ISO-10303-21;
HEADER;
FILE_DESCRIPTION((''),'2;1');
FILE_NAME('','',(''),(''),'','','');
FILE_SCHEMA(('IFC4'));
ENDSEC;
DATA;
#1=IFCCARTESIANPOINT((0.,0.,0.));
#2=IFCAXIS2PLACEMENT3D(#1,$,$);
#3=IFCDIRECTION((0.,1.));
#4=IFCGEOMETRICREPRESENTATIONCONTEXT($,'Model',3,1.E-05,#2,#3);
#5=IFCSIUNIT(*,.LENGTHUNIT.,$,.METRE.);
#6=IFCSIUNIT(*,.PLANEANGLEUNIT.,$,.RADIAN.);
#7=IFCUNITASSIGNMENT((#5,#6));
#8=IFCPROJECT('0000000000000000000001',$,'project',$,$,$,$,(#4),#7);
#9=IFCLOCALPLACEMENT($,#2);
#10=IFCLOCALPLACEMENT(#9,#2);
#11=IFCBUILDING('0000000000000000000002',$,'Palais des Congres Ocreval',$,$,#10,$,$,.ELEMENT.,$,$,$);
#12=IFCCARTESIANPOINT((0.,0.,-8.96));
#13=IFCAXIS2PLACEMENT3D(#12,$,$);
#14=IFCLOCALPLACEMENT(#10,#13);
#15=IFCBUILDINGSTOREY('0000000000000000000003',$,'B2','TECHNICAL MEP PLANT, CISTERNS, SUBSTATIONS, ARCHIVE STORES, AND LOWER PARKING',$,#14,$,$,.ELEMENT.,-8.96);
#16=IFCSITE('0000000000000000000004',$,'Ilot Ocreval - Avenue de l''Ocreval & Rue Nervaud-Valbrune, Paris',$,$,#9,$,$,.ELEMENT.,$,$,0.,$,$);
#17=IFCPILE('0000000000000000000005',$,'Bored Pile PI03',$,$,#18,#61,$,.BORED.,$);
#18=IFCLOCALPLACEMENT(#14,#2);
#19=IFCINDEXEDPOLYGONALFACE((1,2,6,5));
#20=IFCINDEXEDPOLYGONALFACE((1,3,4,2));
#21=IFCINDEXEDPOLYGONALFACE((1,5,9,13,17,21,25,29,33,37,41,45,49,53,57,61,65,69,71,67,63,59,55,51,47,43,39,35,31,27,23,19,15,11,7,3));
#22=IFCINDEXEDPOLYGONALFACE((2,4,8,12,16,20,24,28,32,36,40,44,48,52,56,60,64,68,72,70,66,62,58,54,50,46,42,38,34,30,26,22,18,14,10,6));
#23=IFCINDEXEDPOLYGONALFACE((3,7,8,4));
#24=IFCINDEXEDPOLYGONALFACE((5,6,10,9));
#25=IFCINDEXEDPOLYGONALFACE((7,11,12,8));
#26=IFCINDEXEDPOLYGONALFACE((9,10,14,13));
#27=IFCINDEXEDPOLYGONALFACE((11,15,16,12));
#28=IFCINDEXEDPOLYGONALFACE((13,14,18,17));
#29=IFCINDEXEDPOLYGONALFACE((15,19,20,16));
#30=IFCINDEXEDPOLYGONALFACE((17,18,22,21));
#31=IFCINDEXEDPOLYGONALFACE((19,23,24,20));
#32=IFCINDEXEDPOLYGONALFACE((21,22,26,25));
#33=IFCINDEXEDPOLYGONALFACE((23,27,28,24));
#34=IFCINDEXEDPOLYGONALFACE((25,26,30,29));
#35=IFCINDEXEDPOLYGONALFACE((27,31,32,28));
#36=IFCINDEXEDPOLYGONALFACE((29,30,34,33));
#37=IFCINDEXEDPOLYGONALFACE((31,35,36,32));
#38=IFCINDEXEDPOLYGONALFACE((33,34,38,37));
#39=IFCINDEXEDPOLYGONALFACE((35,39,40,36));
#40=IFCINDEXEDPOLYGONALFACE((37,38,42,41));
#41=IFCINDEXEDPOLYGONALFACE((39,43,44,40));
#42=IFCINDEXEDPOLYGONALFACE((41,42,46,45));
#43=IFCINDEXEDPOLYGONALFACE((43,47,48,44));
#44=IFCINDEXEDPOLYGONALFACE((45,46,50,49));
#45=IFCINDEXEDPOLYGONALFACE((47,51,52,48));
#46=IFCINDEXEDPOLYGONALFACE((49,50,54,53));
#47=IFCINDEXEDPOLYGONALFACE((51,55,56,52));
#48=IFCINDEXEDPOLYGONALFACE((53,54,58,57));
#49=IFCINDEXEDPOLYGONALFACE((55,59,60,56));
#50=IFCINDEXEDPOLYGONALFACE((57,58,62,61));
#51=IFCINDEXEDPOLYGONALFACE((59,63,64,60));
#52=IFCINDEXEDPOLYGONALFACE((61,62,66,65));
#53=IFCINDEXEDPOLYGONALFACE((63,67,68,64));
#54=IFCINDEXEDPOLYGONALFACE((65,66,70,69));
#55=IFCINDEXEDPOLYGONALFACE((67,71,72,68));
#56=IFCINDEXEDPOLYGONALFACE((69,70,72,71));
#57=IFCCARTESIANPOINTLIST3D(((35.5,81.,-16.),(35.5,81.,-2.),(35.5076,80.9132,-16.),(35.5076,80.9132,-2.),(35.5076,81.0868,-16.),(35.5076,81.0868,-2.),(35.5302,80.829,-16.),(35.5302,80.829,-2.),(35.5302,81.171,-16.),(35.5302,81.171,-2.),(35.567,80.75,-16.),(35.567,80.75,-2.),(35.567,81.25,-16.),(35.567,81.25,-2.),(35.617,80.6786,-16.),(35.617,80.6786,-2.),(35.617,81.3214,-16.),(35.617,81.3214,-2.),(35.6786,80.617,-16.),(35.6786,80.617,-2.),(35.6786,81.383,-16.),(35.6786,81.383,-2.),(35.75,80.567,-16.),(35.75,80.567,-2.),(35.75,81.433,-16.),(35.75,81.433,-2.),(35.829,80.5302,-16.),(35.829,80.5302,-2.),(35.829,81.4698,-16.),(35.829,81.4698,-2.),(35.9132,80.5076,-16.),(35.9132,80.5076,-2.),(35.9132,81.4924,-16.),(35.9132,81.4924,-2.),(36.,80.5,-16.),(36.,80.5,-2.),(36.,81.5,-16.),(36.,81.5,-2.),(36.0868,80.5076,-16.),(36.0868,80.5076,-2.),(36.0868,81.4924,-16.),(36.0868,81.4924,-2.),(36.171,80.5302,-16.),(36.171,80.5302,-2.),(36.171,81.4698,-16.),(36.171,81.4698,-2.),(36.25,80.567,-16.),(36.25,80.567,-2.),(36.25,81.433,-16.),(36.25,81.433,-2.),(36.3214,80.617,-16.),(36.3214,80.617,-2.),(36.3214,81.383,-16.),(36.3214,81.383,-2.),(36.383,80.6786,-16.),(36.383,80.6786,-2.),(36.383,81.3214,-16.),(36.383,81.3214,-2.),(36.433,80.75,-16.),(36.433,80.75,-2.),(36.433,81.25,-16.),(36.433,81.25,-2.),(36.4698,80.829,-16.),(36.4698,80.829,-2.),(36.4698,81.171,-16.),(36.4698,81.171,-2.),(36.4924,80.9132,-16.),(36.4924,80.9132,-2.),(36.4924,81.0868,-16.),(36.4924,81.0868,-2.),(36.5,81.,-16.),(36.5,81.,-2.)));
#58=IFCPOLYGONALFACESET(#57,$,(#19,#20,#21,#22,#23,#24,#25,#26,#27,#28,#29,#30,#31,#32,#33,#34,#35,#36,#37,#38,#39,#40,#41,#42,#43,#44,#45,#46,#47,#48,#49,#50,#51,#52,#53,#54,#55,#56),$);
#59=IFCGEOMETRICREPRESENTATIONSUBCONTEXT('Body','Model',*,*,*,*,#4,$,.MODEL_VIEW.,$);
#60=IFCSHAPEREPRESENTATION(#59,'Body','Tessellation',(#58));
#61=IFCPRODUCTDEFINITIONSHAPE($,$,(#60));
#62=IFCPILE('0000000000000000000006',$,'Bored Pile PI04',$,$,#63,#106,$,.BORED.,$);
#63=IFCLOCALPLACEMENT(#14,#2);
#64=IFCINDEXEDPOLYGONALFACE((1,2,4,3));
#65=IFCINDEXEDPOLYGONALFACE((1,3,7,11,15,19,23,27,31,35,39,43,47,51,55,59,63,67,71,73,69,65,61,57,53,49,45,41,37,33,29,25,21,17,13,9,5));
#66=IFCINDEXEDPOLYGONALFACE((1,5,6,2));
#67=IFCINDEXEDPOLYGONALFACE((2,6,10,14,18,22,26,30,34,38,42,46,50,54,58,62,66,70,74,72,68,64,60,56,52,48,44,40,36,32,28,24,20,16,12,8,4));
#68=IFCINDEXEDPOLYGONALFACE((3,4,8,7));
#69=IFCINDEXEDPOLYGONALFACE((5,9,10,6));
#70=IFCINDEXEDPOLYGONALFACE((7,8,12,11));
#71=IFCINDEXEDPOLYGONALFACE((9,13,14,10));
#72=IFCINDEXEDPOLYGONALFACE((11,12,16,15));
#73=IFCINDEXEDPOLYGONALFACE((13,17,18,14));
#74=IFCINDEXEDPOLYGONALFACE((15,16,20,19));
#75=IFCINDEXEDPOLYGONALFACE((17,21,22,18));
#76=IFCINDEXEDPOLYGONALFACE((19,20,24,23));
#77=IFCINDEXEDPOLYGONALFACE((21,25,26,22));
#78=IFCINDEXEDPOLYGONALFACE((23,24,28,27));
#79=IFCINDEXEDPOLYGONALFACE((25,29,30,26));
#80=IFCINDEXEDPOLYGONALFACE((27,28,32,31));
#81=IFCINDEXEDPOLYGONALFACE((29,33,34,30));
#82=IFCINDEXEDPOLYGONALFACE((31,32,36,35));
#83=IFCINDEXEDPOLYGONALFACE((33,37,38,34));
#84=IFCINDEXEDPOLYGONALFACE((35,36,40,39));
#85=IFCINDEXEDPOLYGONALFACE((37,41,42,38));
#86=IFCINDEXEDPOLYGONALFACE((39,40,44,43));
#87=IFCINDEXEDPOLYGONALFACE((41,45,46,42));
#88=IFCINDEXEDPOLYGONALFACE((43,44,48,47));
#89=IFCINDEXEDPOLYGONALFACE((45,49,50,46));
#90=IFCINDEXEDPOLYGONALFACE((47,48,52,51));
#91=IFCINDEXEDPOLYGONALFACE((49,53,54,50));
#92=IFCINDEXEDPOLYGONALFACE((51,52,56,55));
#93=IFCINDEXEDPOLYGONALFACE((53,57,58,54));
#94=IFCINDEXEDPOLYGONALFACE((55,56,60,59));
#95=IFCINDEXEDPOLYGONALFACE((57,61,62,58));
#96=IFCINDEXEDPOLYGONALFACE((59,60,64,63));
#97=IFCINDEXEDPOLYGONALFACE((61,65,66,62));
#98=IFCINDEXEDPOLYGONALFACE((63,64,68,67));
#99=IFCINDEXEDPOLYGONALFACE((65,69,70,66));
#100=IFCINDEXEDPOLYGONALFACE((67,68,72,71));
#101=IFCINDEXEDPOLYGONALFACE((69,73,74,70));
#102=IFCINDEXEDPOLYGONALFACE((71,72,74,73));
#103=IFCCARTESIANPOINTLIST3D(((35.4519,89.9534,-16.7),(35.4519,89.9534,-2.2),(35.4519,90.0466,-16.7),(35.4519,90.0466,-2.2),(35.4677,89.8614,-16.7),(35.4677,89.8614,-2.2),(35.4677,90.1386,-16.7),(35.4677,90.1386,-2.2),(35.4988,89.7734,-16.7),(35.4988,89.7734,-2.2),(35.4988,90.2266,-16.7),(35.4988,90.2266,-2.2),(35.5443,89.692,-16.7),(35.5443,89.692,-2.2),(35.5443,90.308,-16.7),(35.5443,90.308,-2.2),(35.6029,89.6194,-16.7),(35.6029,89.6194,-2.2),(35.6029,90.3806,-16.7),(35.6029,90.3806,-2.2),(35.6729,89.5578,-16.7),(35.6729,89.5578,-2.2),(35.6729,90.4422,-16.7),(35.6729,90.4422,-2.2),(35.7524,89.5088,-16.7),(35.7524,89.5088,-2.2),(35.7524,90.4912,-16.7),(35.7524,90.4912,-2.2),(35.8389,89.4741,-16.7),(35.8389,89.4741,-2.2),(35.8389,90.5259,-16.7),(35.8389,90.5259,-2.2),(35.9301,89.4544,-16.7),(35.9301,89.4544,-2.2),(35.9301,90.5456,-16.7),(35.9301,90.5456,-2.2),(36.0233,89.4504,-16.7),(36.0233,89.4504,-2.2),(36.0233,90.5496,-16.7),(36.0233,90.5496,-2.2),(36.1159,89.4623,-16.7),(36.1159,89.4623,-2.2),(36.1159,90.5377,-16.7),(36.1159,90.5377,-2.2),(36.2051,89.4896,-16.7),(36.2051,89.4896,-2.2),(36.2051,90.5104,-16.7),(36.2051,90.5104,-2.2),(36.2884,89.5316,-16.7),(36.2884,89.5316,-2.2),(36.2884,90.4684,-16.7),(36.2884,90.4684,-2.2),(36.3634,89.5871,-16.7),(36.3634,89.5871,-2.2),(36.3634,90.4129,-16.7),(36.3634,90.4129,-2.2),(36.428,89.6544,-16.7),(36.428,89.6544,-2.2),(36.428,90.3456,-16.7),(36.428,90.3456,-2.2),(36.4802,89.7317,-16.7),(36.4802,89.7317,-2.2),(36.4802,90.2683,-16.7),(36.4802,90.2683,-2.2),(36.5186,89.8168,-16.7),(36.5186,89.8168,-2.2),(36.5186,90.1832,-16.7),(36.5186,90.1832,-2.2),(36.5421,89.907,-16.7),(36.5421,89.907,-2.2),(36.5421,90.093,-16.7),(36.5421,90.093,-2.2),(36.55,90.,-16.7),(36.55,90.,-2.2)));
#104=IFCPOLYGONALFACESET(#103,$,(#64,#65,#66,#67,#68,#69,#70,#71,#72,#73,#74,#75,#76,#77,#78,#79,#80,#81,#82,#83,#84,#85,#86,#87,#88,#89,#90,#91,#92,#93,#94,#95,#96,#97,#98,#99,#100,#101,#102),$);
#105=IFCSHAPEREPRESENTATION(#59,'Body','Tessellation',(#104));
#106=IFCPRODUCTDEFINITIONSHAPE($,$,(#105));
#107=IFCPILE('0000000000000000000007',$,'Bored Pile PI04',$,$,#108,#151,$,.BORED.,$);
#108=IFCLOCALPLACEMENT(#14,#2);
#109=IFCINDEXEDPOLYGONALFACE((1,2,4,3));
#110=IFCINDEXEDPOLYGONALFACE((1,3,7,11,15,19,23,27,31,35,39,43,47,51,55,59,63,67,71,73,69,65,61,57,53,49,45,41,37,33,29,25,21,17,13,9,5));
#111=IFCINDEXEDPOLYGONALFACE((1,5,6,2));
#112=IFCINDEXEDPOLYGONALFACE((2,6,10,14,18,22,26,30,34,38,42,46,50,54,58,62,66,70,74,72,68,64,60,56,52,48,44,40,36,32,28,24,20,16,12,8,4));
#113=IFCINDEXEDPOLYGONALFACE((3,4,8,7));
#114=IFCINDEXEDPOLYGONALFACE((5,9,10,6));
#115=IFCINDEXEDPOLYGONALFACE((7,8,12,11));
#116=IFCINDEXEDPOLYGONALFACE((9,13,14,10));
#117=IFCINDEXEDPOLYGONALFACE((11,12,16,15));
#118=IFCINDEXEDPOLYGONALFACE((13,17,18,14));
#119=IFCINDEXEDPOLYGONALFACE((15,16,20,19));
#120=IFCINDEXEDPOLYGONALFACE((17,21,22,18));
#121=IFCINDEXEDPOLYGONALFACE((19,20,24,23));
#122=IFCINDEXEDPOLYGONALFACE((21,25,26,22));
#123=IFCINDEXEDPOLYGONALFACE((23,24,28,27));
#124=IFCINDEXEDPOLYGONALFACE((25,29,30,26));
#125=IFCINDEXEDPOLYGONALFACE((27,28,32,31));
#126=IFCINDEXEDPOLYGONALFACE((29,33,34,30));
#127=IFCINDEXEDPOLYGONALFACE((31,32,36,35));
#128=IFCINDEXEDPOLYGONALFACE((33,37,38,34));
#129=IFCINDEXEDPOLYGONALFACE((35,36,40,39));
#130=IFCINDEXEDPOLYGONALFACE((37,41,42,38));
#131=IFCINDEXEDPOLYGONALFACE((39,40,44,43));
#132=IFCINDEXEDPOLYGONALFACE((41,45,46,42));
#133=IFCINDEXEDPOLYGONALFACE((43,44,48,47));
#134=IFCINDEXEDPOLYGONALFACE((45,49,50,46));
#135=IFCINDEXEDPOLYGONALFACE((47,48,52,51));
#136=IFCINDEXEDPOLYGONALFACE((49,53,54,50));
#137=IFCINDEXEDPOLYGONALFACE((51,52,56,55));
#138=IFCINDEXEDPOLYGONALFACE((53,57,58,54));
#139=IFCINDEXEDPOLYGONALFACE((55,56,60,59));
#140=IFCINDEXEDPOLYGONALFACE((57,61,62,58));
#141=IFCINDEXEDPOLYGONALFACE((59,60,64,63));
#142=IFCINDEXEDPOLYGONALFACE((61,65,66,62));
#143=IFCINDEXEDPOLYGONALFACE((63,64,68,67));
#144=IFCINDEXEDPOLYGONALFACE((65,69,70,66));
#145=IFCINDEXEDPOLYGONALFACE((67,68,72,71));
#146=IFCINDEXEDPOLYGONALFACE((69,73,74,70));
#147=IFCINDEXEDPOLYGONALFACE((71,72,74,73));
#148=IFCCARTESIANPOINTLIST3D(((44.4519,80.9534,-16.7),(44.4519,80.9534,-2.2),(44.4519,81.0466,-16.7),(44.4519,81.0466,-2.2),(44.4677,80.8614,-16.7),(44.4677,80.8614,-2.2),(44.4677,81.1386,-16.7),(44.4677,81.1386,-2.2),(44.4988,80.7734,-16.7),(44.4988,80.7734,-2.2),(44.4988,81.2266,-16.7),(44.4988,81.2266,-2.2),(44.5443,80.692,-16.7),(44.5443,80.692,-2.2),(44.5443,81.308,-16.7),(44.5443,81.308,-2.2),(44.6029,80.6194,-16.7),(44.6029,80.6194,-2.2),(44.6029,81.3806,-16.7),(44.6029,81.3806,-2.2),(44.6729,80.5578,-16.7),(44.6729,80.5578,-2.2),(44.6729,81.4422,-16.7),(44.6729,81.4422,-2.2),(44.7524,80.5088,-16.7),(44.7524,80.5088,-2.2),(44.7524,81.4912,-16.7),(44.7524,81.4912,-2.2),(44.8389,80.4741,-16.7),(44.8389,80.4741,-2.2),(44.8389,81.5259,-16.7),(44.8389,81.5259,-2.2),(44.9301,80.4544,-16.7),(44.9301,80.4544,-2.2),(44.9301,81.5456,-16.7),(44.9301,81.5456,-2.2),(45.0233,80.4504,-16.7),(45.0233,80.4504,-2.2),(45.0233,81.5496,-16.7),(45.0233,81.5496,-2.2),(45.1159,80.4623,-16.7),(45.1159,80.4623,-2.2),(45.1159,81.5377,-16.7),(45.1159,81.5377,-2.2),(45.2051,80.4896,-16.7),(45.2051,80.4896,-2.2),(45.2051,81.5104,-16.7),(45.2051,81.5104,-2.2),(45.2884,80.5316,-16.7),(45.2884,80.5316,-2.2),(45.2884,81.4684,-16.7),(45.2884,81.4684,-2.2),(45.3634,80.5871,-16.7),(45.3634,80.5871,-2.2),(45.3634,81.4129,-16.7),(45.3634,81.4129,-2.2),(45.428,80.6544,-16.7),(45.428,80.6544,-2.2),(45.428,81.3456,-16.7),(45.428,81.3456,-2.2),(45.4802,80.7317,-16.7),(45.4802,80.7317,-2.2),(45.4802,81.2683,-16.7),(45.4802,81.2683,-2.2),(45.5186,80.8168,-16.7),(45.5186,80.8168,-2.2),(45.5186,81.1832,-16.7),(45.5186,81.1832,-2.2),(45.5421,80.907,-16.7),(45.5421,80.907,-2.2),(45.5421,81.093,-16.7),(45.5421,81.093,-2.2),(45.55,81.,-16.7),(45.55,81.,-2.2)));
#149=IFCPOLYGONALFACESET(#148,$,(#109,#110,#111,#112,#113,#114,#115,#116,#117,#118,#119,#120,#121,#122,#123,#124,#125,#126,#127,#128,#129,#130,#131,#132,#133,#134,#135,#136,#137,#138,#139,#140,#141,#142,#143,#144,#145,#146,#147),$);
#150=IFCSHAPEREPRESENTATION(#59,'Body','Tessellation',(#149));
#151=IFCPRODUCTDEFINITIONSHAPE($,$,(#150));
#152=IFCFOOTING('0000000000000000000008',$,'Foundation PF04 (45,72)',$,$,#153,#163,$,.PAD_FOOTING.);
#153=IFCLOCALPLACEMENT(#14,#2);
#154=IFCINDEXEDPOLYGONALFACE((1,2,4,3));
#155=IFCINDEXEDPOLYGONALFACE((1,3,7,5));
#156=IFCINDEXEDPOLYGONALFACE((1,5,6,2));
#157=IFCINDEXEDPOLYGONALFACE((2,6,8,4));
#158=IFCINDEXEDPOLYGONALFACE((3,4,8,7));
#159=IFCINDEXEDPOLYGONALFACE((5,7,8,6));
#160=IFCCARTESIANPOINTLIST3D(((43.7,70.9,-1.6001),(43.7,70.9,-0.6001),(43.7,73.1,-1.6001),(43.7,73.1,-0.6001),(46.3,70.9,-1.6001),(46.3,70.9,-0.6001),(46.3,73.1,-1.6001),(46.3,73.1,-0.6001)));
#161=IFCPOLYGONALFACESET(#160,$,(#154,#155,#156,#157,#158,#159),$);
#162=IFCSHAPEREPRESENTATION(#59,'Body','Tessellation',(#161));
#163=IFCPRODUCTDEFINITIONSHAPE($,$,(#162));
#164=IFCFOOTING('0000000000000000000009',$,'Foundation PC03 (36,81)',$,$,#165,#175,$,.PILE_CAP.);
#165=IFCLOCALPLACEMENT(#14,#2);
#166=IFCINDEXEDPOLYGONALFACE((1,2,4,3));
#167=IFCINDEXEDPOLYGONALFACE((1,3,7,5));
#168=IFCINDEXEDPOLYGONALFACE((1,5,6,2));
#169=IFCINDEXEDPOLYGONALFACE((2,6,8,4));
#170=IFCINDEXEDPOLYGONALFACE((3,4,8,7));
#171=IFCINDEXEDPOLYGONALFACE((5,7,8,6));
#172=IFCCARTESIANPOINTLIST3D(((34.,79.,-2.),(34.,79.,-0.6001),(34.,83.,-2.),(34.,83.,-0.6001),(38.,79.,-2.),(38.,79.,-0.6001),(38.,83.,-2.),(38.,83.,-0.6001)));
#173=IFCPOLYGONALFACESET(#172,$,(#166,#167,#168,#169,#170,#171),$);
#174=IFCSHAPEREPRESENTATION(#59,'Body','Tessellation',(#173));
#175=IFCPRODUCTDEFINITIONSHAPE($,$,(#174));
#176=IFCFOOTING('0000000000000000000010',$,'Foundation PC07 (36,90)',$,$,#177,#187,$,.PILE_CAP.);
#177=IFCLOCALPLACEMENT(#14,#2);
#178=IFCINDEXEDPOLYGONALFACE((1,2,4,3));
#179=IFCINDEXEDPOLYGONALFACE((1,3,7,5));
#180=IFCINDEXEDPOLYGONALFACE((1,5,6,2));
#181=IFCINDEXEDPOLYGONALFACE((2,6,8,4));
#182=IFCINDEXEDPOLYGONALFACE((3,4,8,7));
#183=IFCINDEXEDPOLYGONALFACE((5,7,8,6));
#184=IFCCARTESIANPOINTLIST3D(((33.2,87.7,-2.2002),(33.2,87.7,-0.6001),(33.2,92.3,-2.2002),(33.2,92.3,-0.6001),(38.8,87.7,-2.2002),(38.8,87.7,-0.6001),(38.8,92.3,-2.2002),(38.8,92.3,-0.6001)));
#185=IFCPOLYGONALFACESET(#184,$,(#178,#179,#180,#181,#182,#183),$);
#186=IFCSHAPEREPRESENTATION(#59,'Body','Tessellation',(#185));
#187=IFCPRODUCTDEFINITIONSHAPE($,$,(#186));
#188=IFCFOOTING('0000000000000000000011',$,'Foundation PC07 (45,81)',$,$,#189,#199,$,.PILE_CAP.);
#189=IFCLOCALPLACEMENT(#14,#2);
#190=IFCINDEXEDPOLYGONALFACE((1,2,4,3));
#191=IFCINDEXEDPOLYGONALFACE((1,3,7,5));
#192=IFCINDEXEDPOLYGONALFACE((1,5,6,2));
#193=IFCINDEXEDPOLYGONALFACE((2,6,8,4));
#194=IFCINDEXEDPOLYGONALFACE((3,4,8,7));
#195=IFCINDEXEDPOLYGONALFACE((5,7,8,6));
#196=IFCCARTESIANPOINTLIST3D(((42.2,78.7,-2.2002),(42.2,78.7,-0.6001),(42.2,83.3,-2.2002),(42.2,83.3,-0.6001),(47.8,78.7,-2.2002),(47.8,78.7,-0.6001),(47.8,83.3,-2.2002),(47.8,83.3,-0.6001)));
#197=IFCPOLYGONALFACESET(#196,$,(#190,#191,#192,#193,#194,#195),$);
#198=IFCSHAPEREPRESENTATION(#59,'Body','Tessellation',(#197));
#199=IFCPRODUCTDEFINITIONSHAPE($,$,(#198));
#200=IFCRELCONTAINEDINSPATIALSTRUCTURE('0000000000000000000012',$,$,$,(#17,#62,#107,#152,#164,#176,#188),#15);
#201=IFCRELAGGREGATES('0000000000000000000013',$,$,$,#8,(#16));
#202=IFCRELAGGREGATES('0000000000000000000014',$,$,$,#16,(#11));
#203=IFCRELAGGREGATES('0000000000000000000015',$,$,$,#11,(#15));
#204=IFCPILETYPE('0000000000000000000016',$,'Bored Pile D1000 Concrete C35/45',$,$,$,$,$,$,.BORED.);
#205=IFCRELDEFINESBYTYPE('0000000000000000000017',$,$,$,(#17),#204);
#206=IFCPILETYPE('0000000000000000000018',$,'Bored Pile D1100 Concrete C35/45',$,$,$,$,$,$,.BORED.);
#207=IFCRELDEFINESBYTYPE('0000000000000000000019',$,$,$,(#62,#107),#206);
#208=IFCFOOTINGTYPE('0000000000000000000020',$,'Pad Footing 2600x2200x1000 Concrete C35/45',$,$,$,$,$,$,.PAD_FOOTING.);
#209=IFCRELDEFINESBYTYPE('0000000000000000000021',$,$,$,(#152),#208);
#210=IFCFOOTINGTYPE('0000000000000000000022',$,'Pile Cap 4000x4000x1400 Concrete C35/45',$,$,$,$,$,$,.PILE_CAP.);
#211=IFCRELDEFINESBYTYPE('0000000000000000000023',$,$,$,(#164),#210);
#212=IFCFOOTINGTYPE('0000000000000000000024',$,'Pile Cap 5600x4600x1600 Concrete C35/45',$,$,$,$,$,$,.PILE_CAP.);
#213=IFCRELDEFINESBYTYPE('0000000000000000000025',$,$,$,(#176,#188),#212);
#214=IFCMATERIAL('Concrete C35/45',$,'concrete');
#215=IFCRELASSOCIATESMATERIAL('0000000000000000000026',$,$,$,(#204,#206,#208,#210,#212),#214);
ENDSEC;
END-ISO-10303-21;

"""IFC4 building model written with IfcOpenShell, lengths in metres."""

from ifc_helpers import new_model, si_unit, direction, frame, origin, origin_2d, place, context, subcontext, project, spatial, rectangle, circle, extrude, material, material_profile, profile_set, type_object, element, save


model = new_model("IFC4")

# Units and contexts
model_context = context("Model", 3, precision=1e-05, world=origin(), true_north=direction((0.0, 1.0)))
body_context = subcontext(model_context, "Body", "Model", "MODEL_VIEW")
ifc_project = project(units=[si_unit("LENGTHUNIT", "METRE"), si_unit("PLANEANGLEUNIT", "RADIAN")], contexts=[model_context])

# Site, building, storey
site_placement = place(None, origin())
site = spatial("IfcSite", under=ifc_project, at=site_placement, Name="Ilot Ocreval - Avenue de l'Ocreval & Rue Nervaud-Valbrune, Paris", CompositionType="ELEMENT", RefElevation=0.0)
building_placement = place(site_placement, origin())
building = spatial("IfcBuilding", under=site, at=building_placement, Name="Palais des Congres Ocreval", CompositionType="ELEMENT")
storey_placement = place(building_placement, frame((0.0, 0.0, -8.96)))
storey = spatial("IfcBuildingStorey", under=building, at=storey_placement, Name="B2", Description="TECHNICAL MEP PLANT, CISTERNS, SUBSTATIONS, ARCHIVE STORES, AND LOWER PARKING", CompositionType="ELEMENT", Elevation=-8.96)

# Piles
ifc_material_1 = material(Name="Concrete C35/45", Category="concrete")
ifc_material_profile_1 = material_profile(ifc_material_1, circle(Radius=0.5, at=origin_2d()), Name="BORED PILE 1000")
ifc_profile_set_1 = profile_set([ifc_material_profile_1], Name="Concrete C35/45")
pile_type_1 = type_object("IfcPileType", Name="Bored Pile D1000 Concrete C35/45", PredefinedType="BORED", material=ifc_profile_set_1)
pile_placement = place(storey_placement, frame((36.0, 81.0, -2.0), z_axis=(0.0, 0.0, -1.0), x_axis=(1.0, 0.0, 0.0)))
element("IfcPile", 1, at=pile_placement, inside=storey, type_object=pile_type_1, Name="Bored Pile PI03", PredefinedType="BORED", context=body_context, shape_type="SweptSolid", body=[
    extrude(circle(Radius=0.5, at=origin_2d()), origin(), (0.0, 0.0, 1.0), 14.0),
])
ifc_material_profile_2 = material_profile(ifc_material_1, circle(Radius=0.55, at=origin_2d()), Name="BORED PILE 1100")
ifc_profile_set_2 = profile_set([ifc_material_profile_2], Name="Concrete C35/45")
pile_type_2 = type_object("IfcPileType", Name="Bored Pile D1100 Concrete C35/45", PredefinedType="BORED", material=ifc_profile_set_2)
for number, where, z_axis, x_axis, name in (
    (2, (36.0, 90.0, -2.2), (0.0, 0.0, -1.0), (1.0, 0.0, 0.0), "Bored Pile PI04"),
    (3, (45.0, 81.0, -2.2), (0.0, 0.0, -1.0), (1.0, 0.0, 0.0), "Bored Pile PI04"),
):
    element("IfcPile", number, at=place(storey_placement, frame(where, z_axis=z_axis, x_axis=x_axis)), inside=storey, type_object=pile_type_2, Name=name, PredefinedType="BORED", context=body_context, shape_type="SweptSolid", body=[
        extrude(circle(Radius=0.55, at=origin_2d()), origin(), (0.0, 0.0, 1.0), 14.5),
    ])

# Footings
footing_type_1 = type_object("IfcFootingType", Name="Pad Footing 2600x2200x1000 Concrete C35/45", PredefinedType="PAD_FOOTING", material=ifc_material_1)
footing_1_placement = place(storey_placement, frame((45.0, 72.0, -1.6001), z_axis=(0.0, 0.0, 1.0), x_axis=(1.0, 0.0, 0.0)))
element("IfcFooting", 4, at=footing_1_placement, inside=storey, type_object=footing_type_1, Name="Foundation PF04 (45,72)", PredefinedType="PAD_FOOTING", context=body_context, shape_type="SweptSolid", body=[
    extrude(rectangle(XDim=2.6001, YDim=2.2, at=origin_2d()), origin(), (0.0, 0.0, 1.0), 1.0),
])
footing_type_2 = type_object("IfcFootingType", Name="Pile Cap 4000x4000x1400 Concrete C35/45", PredefinedType="PILE_CAP", material=ifc_material_1)
footing_2_placement = place(storey_placement, frame((36.0, 81.0, -2.0), z_axis=(0.0, 0.0, 1.0), x_axis=(1.0, 0.0, 0.0)))
element("IfcFooting", 5, at=footing_2_placement, inside=storey, type_object=footing_type_2, Name="Foundation PC03 (36,81)", PredefinedType="PILE_CAP", context=body_context, shape_type="SweptSolid", body=[
    extrude(rectangle(XDim=4.0, YDim=4.0, at=origin_2d()), origin(), (0.0, 0.0, 1.0), 1.3999),
])
footing_type_3 = type_object("IfcFootingType", Name="Pile Cap 5600x4600x1600 Concrete C35/45", PredefinedType="PILE_CAP", material=ifc_material_1)
for number, where, z_axis, x_axis, name in (
    (6, (36.0, 90.0, -2.2002), (0.0, 0.0, 1.0), (1.0, 0.0, 0.0), "Foundation PC07 (36,90)"),
    (7, (45.0, 81.0, -2.2002), (0.0, 0.0, 1.0), (1.0, 0.0, 0.0), "Foundation PC07 (45,81)"),
):
    element("IfcFooting", number, at=place(storey_placement, frame(where, z_axis=z_axis, x_axis=x_axis)), inside=storey, type_object=footing_type_3, Name=name, PredefinedType="PILE_CAP", context=body_context, shape_type="SweptSolid", body=[
        extrude(rectangle(XDim=5.6001, YDim=4.6001, at=origin_2d()), origin(), (0.0, 0.0, 1.0), 1.6001),
    ])

save(model, "model.ifc")
